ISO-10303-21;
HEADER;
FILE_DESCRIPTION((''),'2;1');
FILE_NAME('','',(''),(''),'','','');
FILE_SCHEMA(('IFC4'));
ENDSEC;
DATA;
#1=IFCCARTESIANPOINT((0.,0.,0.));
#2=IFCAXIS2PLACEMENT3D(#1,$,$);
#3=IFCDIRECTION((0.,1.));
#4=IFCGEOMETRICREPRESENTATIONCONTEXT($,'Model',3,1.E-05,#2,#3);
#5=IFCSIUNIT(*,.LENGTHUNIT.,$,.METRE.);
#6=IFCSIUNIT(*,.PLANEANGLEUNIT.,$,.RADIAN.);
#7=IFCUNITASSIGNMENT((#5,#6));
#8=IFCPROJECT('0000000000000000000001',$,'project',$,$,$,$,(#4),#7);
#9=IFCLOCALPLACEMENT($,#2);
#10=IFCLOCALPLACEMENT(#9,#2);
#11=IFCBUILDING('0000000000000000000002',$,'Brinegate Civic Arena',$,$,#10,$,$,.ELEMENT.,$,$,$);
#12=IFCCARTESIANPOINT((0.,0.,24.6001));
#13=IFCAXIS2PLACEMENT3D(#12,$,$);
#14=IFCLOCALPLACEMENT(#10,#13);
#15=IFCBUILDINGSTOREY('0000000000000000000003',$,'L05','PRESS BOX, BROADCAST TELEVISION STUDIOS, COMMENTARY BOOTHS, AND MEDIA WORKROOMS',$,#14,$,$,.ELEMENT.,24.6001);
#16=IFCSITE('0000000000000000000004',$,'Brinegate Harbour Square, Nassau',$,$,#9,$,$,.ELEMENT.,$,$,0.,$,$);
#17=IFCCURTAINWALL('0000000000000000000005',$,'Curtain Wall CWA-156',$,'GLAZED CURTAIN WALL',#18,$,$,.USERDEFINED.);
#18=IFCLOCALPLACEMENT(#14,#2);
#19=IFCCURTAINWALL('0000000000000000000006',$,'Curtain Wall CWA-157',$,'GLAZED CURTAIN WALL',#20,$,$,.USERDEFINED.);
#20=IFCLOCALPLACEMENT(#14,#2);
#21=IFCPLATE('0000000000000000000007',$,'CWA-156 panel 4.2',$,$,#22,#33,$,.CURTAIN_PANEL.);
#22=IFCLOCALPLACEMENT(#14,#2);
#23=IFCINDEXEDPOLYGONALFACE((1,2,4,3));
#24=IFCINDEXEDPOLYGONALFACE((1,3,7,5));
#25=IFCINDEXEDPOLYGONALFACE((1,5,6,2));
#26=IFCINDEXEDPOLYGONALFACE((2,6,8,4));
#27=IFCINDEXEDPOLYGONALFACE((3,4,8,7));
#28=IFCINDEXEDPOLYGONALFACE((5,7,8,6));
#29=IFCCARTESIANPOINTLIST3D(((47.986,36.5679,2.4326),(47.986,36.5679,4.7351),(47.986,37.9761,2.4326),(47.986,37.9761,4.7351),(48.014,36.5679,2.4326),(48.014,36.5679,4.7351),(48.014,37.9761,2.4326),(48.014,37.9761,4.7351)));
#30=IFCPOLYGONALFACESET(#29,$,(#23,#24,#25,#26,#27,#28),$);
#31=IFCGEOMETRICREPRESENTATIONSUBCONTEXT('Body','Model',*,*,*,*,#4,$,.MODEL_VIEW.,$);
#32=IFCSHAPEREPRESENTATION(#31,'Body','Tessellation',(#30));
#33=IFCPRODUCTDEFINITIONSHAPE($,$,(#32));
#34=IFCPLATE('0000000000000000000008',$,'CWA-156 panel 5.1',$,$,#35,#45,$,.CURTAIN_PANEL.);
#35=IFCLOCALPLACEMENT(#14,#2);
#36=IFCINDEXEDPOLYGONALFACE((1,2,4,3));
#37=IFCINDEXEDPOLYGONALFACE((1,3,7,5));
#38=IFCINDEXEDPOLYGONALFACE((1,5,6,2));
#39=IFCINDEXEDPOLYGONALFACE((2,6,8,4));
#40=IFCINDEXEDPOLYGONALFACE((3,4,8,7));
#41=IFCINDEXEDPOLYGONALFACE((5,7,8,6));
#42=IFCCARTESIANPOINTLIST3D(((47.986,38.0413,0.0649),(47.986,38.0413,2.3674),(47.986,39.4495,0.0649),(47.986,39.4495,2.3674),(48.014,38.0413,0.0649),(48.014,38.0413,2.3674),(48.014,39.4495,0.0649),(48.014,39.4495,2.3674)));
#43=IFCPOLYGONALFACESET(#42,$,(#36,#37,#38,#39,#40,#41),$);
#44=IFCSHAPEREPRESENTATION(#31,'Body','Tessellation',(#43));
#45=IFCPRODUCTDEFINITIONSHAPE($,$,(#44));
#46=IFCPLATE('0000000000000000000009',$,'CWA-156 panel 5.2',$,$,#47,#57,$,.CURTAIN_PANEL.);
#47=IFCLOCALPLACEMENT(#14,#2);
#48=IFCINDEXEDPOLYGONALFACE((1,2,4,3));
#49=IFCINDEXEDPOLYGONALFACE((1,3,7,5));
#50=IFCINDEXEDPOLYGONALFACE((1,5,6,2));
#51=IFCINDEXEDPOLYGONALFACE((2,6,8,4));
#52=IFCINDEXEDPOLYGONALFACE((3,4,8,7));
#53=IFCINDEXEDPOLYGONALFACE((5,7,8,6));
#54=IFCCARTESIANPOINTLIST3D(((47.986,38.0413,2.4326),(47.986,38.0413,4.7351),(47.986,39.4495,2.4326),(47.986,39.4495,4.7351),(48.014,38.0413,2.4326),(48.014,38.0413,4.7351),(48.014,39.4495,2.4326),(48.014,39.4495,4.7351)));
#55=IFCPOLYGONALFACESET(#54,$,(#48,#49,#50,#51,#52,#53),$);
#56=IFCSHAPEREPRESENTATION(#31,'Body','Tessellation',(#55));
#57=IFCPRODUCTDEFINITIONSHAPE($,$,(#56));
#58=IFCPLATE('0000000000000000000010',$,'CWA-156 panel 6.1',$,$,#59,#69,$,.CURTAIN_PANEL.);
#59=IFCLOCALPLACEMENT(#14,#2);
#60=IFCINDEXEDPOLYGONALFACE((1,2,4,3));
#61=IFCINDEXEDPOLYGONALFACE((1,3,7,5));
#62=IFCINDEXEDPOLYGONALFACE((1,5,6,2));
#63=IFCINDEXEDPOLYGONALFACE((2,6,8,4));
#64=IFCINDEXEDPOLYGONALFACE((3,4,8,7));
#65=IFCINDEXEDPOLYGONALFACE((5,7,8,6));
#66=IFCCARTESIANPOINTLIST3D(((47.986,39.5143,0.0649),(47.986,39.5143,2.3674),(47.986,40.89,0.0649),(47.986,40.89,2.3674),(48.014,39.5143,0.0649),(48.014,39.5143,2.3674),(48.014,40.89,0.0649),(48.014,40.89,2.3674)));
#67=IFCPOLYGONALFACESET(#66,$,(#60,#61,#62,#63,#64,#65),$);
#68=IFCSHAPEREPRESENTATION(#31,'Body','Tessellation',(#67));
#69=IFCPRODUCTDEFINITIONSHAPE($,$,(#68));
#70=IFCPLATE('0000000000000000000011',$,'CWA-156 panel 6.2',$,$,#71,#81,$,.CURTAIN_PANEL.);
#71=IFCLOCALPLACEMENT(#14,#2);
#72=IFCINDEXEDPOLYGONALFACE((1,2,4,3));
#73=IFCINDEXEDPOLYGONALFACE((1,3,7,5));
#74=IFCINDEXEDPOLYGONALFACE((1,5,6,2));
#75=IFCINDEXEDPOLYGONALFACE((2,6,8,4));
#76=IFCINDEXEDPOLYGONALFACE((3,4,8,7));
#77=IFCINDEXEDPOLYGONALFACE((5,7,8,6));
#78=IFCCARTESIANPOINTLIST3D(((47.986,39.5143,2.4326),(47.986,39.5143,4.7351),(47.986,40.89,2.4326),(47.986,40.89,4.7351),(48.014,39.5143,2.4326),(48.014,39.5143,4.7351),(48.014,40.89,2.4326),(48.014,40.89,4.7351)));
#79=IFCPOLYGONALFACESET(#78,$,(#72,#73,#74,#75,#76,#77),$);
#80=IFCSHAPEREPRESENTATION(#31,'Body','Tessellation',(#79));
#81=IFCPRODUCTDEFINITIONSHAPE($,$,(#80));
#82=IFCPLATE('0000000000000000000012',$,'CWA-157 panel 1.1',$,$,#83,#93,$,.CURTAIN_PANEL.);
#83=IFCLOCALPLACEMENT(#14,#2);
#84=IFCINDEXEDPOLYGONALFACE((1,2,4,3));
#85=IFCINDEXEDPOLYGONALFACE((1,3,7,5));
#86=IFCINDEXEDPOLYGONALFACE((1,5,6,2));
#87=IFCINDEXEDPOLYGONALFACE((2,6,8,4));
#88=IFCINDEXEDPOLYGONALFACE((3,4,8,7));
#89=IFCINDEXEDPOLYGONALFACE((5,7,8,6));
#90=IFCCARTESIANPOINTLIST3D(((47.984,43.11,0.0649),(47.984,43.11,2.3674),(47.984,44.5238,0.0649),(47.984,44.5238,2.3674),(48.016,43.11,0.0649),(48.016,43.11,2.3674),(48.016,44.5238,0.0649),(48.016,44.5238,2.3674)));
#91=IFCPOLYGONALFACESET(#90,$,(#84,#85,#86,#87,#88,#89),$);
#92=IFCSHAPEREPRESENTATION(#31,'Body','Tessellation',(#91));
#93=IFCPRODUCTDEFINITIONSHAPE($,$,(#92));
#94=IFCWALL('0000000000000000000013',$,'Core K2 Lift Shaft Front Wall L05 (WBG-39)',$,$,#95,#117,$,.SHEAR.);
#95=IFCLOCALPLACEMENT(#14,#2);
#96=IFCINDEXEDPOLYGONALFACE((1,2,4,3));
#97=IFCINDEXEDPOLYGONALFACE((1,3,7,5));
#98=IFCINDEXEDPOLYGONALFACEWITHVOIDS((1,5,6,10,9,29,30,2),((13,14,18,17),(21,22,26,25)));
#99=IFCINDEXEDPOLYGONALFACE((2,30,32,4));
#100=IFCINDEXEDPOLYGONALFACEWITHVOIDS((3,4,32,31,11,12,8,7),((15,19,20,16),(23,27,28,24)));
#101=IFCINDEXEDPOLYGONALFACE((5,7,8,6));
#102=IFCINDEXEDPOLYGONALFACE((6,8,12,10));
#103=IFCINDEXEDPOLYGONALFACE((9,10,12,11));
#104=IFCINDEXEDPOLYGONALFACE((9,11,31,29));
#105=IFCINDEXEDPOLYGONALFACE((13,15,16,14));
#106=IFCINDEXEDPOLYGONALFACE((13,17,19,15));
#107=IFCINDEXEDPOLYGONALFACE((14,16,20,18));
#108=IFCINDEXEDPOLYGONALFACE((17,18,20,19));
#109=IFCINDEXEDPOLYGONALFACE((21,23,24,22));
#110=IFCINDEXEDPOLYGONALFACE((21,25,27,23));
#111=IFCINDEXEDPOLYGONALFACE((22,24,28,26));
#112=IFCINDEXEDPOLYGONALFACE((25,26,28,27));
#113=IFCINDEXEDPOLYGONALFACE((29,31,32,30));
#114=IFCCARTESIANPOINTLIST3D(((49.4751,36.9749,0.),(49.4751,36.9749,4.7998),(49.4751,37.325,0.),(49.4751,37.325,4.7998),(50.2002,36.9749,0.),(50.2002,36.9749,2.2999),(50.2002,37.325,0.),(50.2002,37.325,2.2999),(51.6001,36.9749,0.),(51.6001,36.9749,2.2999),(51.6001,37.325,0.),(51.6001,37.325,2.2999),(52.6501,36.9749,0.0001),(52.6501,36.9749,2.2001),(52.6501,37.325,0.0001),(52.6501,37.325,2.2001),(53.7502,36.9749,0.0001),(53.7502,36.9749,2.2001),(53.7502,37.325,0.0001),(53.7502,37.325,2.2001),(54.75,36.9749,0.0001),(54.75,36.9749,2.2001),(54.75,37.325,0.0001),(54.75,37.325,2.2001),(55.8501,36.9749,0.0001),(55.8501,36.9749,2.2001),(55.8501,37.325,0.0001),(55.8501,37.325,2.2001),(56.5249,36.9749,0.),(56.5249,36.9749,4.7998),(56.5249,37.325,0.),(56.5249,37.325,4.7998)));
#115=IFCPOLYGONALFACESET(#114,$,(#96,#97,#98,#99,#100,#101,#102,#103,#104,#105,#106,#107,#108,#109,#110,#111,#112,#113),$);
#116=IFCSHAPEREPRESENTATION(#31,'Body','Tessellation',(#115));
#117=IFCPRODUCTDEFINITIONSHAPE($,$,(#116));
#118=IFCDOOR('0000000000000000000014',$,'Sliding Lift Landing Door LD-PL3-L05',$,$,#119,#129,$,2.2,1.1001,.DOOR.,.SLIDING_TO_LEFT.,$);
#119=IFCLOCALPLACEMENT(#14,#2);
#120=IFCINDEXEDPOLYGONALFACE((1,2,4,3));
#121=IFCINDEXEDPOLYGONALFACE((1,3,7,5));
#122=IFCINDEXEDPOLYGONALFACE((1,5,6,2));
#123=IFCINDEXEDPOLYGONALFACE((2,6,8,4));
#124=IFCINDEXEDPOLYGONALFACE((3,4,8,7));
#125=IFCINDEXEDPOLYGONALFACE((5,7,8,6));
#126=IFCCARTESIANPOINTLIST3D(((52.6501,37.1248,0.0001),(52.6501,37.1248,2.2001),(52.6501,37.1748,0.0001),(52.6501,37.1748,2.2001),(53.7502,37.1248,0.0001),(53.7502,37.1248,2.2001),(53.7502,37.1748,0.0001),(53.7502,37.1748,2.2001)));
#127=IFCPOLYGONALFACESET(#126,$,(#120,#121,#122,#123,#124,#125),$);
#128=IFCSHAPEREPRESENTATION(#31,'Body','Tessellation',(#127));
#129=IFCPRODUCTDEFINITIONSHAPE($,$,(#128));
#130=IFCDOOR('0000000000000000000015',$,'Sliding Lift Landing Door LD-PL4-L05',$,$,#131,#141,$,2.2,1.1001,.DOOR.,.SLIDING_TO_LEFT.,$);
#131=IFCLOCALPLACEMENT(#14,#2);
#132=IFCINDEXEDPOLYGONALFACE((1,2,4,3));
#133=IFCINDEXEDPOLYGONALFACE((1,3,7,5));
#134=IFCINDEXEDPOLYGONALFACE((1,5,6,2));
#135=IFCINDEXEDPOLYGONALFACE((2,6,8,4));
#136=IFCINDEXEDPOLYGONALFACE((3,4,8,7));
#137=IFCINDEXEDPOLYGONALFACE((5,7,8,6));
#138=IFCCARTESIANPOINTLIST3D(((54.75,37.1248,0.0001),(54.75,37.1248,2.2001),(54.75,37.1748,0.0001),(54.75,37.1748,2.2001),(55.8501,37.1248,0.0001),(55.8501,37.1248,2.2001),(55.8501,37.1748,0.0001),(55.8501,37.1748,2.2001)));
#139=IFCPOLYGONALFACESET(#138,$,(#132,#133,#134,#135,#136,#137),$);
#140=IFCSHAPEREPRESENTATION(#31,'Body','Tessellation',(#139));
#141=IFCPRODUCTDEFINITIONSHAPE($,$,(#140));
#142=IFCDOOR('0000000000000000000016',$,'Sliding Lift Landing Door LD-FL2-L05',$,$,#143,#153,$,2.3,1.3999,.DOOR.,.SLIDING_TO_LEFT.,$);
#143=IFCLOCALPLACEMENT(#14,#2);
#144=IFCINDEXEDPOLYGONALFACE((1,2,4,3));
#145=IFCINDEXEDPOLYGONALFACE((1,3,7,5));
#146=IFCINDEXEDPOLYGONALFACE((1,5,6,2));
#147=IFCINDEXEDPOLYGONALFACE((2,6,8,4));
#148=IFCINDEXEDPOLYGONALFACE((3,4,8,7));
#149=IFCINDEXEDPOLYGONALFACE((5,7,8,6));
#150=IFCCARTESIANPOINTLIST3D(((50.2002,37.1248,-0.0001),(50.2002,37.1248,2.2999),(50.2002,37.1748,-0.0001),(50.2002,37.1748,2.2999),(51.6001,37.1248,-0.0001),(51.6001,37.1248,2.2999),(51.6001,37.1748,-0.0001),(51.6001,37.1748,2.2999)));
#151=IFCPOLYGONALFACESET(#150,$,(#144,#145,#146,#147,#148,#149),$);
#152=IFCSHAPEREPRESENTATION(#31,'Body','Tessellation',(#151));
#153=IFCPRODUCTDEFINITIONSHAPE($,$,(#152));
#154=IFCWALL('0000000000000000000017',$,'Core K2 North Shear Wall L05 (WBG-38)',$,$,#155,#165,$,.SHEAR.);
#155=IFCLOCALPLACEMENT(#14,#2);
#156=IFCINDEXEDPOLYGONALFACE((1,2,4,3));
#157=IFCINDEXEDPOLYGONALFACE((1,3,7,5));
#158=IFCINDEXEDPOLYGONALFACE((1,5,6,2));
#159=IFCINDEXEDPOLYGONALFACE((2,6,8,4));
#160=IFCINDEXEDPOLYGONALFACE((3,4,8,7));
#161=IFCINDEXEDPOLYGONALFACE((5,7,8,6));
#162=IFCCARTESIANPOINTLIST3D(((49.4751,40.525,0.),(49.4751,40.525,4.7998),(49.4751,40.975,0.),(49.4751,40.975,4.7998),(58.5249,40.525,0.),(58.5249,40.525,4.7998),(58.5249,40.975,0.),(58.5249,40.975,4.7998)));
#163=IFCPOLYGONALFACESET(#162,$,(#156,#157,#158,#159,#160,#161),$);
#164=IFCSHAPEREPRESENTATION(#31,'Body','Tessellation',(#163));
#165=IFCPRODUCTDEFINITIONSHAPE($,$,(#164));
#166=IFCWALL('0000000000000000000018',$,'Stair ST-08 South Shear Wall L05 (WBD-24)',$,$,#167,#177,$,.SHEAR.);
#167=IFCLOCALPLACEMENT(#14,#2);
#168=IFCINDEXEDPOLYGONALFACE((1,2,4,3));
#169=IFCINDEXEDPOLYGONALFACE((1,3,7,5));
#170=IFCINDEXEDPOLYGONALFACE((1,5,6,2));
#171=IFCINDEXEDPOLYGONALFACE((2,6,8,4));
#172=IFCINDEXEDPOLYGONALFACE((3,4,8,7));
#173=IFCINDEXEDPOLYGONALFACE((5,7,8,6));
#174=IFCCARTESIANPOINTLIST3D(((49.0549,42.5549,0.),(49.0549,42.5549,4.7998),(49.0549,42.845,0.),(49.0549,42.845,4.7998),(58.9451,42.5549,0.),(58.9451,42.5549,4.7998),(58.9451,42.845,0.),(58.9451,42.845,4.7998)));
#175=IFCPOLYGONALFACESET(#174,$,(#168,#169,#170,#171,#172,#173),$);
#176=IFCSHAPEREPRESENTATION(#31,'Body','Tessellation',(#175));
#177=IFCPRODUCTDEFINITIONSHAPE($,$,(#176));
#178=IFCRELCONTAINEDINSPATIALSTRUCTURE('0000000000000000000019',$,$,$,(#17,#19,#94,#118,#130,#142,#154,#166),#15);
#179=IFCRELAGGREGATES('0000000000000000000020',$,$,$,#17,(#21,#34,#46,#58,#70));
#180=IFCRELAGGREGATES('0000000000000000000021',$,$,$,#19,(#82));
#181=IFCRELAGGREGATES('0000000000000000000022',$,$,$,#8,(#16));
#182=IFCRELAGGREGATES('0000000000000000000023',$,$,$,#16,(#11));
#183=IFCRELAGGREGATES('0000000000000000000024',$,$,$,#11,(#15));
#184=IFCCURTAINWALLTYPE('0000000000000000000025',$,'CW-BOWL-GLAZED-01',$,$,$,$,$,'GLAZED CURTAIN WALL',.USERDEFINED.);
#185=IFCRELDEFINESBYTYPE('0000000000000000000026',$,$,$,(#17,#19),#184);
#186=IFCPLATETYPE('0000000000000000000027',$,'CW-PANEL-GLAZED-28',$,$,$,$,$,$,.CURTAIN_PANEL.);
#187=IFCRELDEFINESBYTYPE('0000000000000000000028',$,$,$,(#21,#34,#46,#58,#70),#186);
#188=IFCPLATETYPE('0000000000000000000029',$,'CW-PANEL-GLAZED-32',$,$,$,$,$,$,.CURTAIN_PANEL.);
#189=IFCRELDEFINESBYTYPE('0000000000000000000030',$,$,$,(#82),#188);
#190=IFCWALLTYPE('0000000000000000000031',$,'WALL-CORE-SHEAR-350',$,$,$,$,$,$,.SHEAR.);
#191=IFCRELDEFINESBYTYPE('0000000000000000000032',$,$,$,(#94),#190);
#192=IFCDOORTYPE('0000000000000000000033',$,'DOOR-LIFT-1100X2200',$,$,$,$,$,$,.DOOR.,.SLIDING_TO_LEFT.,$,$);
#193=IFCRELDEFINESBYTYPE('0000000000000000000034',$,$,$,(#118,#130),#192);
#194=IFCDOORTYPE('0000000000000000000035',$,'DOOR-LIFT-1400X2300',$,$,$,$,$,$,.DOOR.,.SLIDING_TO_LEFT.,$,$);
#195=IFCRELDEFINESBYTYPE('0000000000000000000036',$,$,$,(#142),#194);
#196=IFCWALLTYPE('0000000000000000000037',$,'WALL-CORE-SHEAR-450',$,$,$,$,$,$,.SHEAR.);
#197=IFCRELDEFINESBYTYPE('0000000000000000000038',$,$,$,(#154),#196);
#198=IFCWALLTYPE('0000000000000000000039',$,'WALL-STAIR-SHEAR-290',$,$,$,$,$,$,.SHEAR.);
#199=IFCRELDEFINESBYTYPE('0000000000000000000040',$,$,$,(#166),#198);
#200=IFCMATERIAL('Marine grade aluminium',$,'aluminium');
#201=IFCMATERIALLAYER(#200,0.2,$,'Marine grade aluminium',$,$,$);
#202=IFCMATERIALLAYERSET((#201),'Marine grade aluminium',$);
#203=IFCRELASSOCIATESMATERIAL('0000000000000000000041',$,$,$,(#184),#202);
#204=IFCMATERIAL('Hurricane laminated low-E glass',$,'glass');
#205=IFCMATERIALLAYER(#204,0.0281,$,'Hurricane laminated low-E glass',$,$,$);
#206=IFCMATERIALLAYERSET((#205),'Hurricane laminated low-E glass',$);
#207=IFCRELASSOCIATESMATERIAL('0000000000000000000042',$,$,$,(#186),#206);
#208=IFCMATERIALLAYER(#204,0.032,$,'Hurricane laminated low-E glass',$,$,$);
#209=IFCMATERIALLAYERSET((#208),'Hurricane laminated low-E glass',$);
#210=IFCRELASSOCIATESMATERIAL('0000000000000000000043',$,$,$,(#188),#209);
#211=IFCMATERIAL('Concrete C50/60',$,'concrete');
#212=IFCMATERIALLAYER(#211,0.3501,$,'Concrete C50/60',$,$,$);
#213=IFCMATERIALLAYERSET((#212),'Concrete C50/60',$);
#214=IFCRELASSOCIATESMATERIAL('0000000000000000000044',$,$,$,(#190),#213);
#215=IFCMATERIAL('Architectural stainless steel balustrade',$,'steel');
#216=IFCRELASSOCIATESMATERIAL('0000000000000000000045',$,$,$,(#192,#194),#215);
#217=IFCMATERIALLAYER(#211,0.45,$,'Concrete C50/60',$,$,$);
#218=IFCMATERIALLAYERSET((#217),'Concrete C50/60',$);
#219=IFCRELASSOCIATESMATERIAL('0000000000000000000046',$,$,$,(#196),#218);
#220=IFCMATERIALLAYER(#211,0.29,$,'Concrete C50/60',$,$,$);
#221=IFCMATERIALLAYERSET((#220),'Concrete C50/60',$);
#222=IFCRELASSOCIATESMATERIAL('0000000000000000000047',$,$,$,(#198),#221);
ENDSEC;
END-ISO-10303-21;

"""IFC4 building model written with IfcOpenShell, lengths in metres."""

from ifc_helpers import new_model, si_unit, direction, frame, frame_2d, origin, origin_2d, place, context, subcontext, project, spatial, rectangle, extrude, material, layer, layer_set, type_object, element, fill, aggregate, save


model = new_model("IFC4")

# Units and contexts
model_context = context("Model", 3, precision=1e-05, world=origin(), true_north=direction((0.0, 1.0)))
body_context = subcontext(model_context, "Body", "Model", "MODEL_VIEW")
ifc_project = project(units=[si_unit("LENGTHUNIT", "METRE"), si_unit("PLANEANGLEUNIT", "RADIAN")], contexts=[model_context])

# Site, building, storey
site_placement = place(None, origin())
site = spatial("IfcSite", under=ifc_project, at=site_placement, Name="Brinegate Harbour Square, Nassau", CompositionType="ELEMENT", RefElevation=0.0)
building_placement = place(site_placement, origin())
building = spatial("IfcBuilding", under=site, at=building_placement, Name="Brinegate Civic Arena", CompositionType="ELEMENT")
storey_placement = place(building_placement, frame((0.0, 0.0, 24.6001)))
storey = spatial("IfcBuildingStorey", under=building, at=storey_placement, Name="L05", Description="PRESS BOX, BROADCAST TELEVISION STUDIOS, COMMENTARY BOOTHS, AND MEDIA WORKROOMS", CompositionType="ELEMENT", Elevation=24.6001)

# Shared definitions
ifc_material_1 = material(Name="Concrete C50/60", Category="concrete")

# Curtain wall
ifc_material_2 = material(Name="Marine grade aluminium", Category="aluminium")
ifc_layer_1 = layer(ifc_material_2, 0.2, Name="Marine grade aluminium")
ifc_layer_set_1 = layer_set([ifc_layer_1], Name="Marine grade aluminium")
curtain_wall_type = type_object("IfcCurtainWallType", Name="CW-BOWL-GLAZED-01", ElementType="GLAZED CURTAIN WALL", PredefinedType="USERDEFINED", material=ifc_layer_set_1)
curtain_wall_1_placement = place(storey_placement, origin())
curtain_wall_1 = element("IfcCurtainWall", 1, at=curtain_wall_1_placement, inside=storey, type_object=curtain_wall_type, Name="Curtain Wall CWA-156", ObjectType="GLAZED CURTAIN WALL", PredefinedType="USERDEFINED")

# Curtain wall
curtain_wall_2_placement = place(storey_placement, origin())
curtain_wall_2 = element("IfcCurtainWall", 2, at=curtain_wall_2_placement, inside=storey, type_object=curtain_wall_type, Name="Curtain Wall CWA-157", ObjectType="GLAZED CURTAIN WALL", PredefinedType="USERDEFINED")

# Plates
ifc_material_3 = material(Name="Hurricane laminated low-E glass", Category="glass")
ifc_layer_2 = layer(ifc_material_3, 0.0281, Name="Hurricane laminated low-E glass")
ifc_layer_set_2 = layer_set([ifc_layer_2], Name="Hurricane laminated low-E glass")
plate_type_1 = type_object("IfcPlateType", Name="CW-PANEL-GLAZED-28", PredefinedType="CURTAIN_PANEL", material=ifc_layer_set_2)
plate_1_placement = place(storey_placement, frame((48.0, 37.272, 2.4326), z_axis=(0.0, 0.0, 1.0), x_axis=(0.0, 1.0, 0.0)))
plate_1 = element("IfcPlate", 3, at=plate_1_placement, type_object=plate_type_1, Name="CWA-156 panel 4.2", PredefinedType="CURTAIN_PANEL", context=body_context, shape_type="SweptSolid", body=[
    extrude(rectangle(XDim=1.4082, YDim=0.0281, at=origin_2d()), origin(), (0.0, 0.0, 1.0), 2.3025),
])
plate_2_placement = place(storey_placement, frame((48.0, 38.7454, 0.0649), z_axis=(0.0, 0.0, 1.0), x_axis=(0.0, 1.0, 0.0)))
plate_2 = element("IfcPlate", 4, at=plate_2_placement, type_object=plate_type_1, Name="CWA-156 panel 5.1", PredefinedType="CURTAIN_PANEL", context=body_context, shape_type="SweptSolid", body=[
    extrude(rectangle(XDim=1.4082, YDim=0.0281, at=origin_2d()), origin(), (0.0, 0.0, 1.0), 2.3025),
])
plate_3_placement = place(storey_placement, frame((48.0, 38.7454, 2.4326), z_axis=(0.0, 0.0, 1.0), x_axis=(0.0, 1.0, 0.0)))
plate_3 = element("IfcPlate", 5, at=plate_3_placement, type_object=plate_type_1, Name="CWA-156 panel 5.2", PredefinedType="CURTAIN_PANEL", context=body_context, shape_type="SweptSolid", body=[
    extrude(rectangle(XDim=1.4082, YDim=0.0281, at=origin_2d()), origin(), (0.0, 0.0, 1.0), 2.3025),
])
plate_4_placement = place(storey_placement, frame((48.0, 40.2021, 0.0649), z_axis=(0.0, 0.0, 1.0), x_axis=(0.0, 1.0, 0.0)))
plate_4 = element("IfcPlate", 6, at=plate_4_placement, type_object=plate_type_1, Name="CWA-156 panel 6.1", PredefinedType="CURTAIN_PANEL", context=body_context, shape_type="SweptSolid", body=[
    extrude(rectangle(XDim=1.3757, YDim=0.0281, at=origin_2d()), origin(), (0.0, 0.0, 1.0), 2.3025),
])
plate_5_placement = place(storey_placement, frame((48.0, 40.2021, 2.4326), z_axis=(0.0, 0.0, 1.0), x_axis=(0.0, 1.0, 0.0)))
plate_5 = element("IfcPlate", 7, at=plate_5_placement, type_object=plate_type_1, Name="CWA-156 panel 6.2", PredefinedType="CURTAIN_PANEL", context=body_context, shape_type="SweptSolid", body=[
    extrude(rectangle(XDim=1.3757, YDim=0.0281, at=origin_2d()), origin(), (0.0, 0.0, 1.0), 2.3025),
])
aggregate(curtain_wall_1, [plate_1, plate_2, plate_3, plate_4, plate_5])
ifc_layer_3 = layer(ifc_material_3, 0.032, Name="Hurricane laminated low-E glass")
ifc_layer_set_3 = layer_set([ifc_layer_3], Name="Hurricane laminated low-E glass")
plate_type_2 = type_object("IfcPlateType", Name="CW-PANEL-GLAZED-32", PredefinedType="CURTAIN_PANEL", material=ifc_layer_set_3)
plate_6_placement = place(storey_placement, frame((48.0, 43.8169, 0.0649), z_axis=(0.0, 0.0, 1.0), x_axis=(0.0, 1.0, 0.0)))
plate_6 = element("IfcPlate", 8, at=plate_6_placement, type_object=plate_type_2, Name="CWA-157 panel 1.1", PredefinedType="CURTAIN_PANEL", context=body_context, shape_type="SweptSolid", body=[
    extrude(rectangle(XDim=1.4138, YDim=0.032, at=origin_2d()), origin(), (0.0, 0.0, 1.0), 2.3025),
])
aggregate(curtain_wall_2, [plate_6])

# Wall, openings, doors
ifc_layer_4 = layer(ifc_material_1, 0.3501, Name="Concrete C50/60")
ifc_layer_set_4 = layer_set([ifc_layer_4], Name="Concrete C50/60")
wall_type_1 = type_object("IfcWallType", Name="WALL-CORE-SHEAR-350", PredefinedType="SHEAR", material=ifc_layer_set_4)
wall_1_placement = place(storey_placement, frame((49.4751, 37.1499, 0.0), z_axis=(0.0, 0.0, 1.0), x_axis=(1.0, 0.0, 0.0)))
wall_1 = element("IfcWall", 9, at=wall_1_placement, inside=storey, type_object=wall_type_1, Name="Core K2 Lift Shaft Front Wall L05 (WBG-39)", PredefinedType="SHEAR", context=body_context, shape_type="SweptSolid", body=[
    extrude(rectangle(XDim=7.0498, YDim=0.3501, at=frame_2d((3.5249, 0.0))), origin(), (0.0, 0.0, 1.0), 4.7998),
])
opening_1_placement = place(wall_1_placement, frame((0.7251, 0.0, 0.0)))
opening_1 = element("IfcOpeningElement", 10, at=opening_1_placement, cuts=wall_1, PredefinedType="OPENING", context=body_context, shape_type="SweptSolid", body=[
    extrude(rectangle(XDim=1.3999, YDim=2.3, at=frame_2d((0.7, 1.1499))), frame((0.0, 0.1851, 0.0), z_axis=(0.0, -1.0, 0.0), x_axis=(1.0, 0.0, 0.0)), (0.0, 0.0, 1.0), 0.3701),
])
opening_2_placement = place(wall_1_placement, frame((3.175, 0.0, 0.0)))
opening_2 = element("IfcOpeningElement", 11, at=opening_2_placement, cuts=wall_1, PredefinedType="OPENING", context=body_context, shape_type="SweptSolid", body=[
    extrude(rectangle(XDim=1.1001, YDim=2.2, at=frame_2d((0.55, 1.1001))), frame((0.0, 0.1851, 0.0), z_axis=(0.0, -1.0, 0.0), x_axis=(1.0, 0.0, 0.0)), (0.0, 0.0, 1.0), 0.3701),
])
opening_3_placement = place(wall_1_placement, frame((5.2749, 0.0, 0.0)))
opening_3 = element("IfcOpeningElement", 12, at=opening_3_placement, cuts=wall_1, PredefinedType="OPENING", context=body_context, shape_type="SweptSolid", body=[
    extrude(rectangle(XDim=1.1001, YDim=2.2, at=frame_2d((0.55, 1.1001))), frame((0.0, 0.1851, 0.0), z_axis=(0.0, -1.0, 0.0), x_axis=(1.0, 0.0, 0.0)), (0.0, 0.0, 1.0), 0.3701),
])
ifc_material_4 = material(Name="Architectural stainless steel balustrade", Category="steel")
door_type_1 = type_object("IfcDoorType", Name="DOOR-LIFT-1100X2200", OperationType="SLIDING_TO_LEFT", PredefinedType="DOOR", material=ifc_material_4)
door_1_placement = place(opening_2_placement, origin())
door_1 = element("IfcDoor", 13, at=door_1_placement, inside=storey, type_object=door_type_1, Name="Sliding Lift Landing Door LD-PL3-L05", OperationType="SLIDING_TO_LEFT", OverallHeight=2.2, OverallWidth=1.1001, PredefinedType="DOOR", context=body_context, shape_type="SweptSolid", body=[
    extrude(rectangle(XDim=1.1001, YDim=2.2, at=frame_2d((0.55, 1.1001))), frame((0.0, 0.0249, 0.0), z_axis=(0.0, -1.0, 0.0), x_axis=(1.0, 0.0, 0.0)), (0.0, 0.0, 1.0), 0.05),
])
fill(opening_2, door_1)
door_2_placement = place(opening_3_placement, origin())
door_2 = element("IfcDoor", 14, at=door_2_placement, inside=storey, type_object=door_type_1, Name="Sliding Lift Landing Door LD-PL4-L05", OperationType="SLIDING_TO_LEFT", OverallHeight=2.2, OverallWidth=1.1001, PredefinedType="DOOR", context=body_context, shape_type="SweptSolid", body=[
    extrude(rectangle(XDim=1.1001, YDim=2.2, at=frame_2d((0.55, 1.1001))), frame((0.0, 0.0249, 0.0), z_axis=(0.0, -1.0, 0.0), x_axis=(1.0, 0.0, 0.0)), (0.0, 0.0, 1.0), 0.05),
])
fill(opening_3, door_2)
door_type_2 = type_object("IfcDoorType", Name="DOOR-LIFT-1400X2300", OperationType="SLIDING_TO_LEFT", PredefinedType="DOOR", material=ifc_material_4)
door_3_placement = place(opening_1_placement, origin())
door_3 = element("IfcDoor", 15, at=door_3_placement, inside=storey, type_object=door_type_2, Name="Sliding Lift Landing Door LD-FL2-L05", OperationType="SLIDING_TO_LEFT", OverallHeight=2.3, OverallWidth=1.3999, PredefinedType="DOOR", context=body_context, shape_type="SweptSolid", body=[
    extrude(rectangle(XDim=1.3999, YDim=2.3, at=frame_2d((0.7, 1.1499))), frame((0.0, 0.0249, 0.0), z_axis=(0.0, -1.0, 0.0), x_axis=(1.0, 0.0, 0.0)), (0.0, 0.0, 1.0), 0.05),
])
fill(opening_1, door_3)

# Walls
ifc_layer_5 = layer(ifc_material_1, 0.45, Name="Concrete C50/60")
ifc_layer_set_5 = layer_set([ifc_layer_5], Name="Concrete C50/60")
wall_type_2 = type_object("IfcWallType", Name="WALL-CORE-SHEAR-450", PredefinedType="SHEAR", material=ifc_layer_set_5)
wall_2_placement = place(storey_placement, frame((49.4751, 40.75, 0.0), z_axis=(0.0, 0.0, 1.0), x_axis=(1.0, 0.0, 0.0)))
element("IfcWall", 16, at=wall_2_placement, inside=storey, type_object=wall_type_2, Name="Core K2 North Shear Wall L05 (WBG-38)", PredefinedType="SHEAR", context=body_context, shape_type="SweptSolid", body=[
    extrude(rectangle(XDim=9.0498, YDim=0.45, at=frame_2d((4.5249, 0.0))), origin(), (0.0, 0.0, 1.0), 4.7998),
])
ifc_layer_6 = layer(ifc_material_1, 0.29, Name="Concrete C50/60")
ifc_layer_set_6 = layer_set([ifc_layer_6], Name="Concrete C50/60")
wall_type_3 = type_object("IfcWallType", Name="WALL-STAIR-SHEAR-290", PredefinedType="SHEAR", material=ifc_layer_set_6)
wall_3_placement = place(storey_placement, frame((49.0549, 42.7, 0.0), z_axis=(0.0, 0.0, 1.0), x_axis=(1.0, 0.0, 0.0)))
element("IfcWall", 17, at=wall_3_placement, inside=storey, type_object=wall_type_3, Name="Stair ST-08 South Shear Wall L05 (WBD-24)", PredefinedType="SHEAR", context=body_context, shape_type="SweptSolid", body=[
    extrude(rectangle(XDim=9.8901, YDim=0.29, at=frame_2d((4.9451, 0.0))), origin(), (0.0, 0.0, 1.0), 4.7998),
])

save(model, "model.ifc")
